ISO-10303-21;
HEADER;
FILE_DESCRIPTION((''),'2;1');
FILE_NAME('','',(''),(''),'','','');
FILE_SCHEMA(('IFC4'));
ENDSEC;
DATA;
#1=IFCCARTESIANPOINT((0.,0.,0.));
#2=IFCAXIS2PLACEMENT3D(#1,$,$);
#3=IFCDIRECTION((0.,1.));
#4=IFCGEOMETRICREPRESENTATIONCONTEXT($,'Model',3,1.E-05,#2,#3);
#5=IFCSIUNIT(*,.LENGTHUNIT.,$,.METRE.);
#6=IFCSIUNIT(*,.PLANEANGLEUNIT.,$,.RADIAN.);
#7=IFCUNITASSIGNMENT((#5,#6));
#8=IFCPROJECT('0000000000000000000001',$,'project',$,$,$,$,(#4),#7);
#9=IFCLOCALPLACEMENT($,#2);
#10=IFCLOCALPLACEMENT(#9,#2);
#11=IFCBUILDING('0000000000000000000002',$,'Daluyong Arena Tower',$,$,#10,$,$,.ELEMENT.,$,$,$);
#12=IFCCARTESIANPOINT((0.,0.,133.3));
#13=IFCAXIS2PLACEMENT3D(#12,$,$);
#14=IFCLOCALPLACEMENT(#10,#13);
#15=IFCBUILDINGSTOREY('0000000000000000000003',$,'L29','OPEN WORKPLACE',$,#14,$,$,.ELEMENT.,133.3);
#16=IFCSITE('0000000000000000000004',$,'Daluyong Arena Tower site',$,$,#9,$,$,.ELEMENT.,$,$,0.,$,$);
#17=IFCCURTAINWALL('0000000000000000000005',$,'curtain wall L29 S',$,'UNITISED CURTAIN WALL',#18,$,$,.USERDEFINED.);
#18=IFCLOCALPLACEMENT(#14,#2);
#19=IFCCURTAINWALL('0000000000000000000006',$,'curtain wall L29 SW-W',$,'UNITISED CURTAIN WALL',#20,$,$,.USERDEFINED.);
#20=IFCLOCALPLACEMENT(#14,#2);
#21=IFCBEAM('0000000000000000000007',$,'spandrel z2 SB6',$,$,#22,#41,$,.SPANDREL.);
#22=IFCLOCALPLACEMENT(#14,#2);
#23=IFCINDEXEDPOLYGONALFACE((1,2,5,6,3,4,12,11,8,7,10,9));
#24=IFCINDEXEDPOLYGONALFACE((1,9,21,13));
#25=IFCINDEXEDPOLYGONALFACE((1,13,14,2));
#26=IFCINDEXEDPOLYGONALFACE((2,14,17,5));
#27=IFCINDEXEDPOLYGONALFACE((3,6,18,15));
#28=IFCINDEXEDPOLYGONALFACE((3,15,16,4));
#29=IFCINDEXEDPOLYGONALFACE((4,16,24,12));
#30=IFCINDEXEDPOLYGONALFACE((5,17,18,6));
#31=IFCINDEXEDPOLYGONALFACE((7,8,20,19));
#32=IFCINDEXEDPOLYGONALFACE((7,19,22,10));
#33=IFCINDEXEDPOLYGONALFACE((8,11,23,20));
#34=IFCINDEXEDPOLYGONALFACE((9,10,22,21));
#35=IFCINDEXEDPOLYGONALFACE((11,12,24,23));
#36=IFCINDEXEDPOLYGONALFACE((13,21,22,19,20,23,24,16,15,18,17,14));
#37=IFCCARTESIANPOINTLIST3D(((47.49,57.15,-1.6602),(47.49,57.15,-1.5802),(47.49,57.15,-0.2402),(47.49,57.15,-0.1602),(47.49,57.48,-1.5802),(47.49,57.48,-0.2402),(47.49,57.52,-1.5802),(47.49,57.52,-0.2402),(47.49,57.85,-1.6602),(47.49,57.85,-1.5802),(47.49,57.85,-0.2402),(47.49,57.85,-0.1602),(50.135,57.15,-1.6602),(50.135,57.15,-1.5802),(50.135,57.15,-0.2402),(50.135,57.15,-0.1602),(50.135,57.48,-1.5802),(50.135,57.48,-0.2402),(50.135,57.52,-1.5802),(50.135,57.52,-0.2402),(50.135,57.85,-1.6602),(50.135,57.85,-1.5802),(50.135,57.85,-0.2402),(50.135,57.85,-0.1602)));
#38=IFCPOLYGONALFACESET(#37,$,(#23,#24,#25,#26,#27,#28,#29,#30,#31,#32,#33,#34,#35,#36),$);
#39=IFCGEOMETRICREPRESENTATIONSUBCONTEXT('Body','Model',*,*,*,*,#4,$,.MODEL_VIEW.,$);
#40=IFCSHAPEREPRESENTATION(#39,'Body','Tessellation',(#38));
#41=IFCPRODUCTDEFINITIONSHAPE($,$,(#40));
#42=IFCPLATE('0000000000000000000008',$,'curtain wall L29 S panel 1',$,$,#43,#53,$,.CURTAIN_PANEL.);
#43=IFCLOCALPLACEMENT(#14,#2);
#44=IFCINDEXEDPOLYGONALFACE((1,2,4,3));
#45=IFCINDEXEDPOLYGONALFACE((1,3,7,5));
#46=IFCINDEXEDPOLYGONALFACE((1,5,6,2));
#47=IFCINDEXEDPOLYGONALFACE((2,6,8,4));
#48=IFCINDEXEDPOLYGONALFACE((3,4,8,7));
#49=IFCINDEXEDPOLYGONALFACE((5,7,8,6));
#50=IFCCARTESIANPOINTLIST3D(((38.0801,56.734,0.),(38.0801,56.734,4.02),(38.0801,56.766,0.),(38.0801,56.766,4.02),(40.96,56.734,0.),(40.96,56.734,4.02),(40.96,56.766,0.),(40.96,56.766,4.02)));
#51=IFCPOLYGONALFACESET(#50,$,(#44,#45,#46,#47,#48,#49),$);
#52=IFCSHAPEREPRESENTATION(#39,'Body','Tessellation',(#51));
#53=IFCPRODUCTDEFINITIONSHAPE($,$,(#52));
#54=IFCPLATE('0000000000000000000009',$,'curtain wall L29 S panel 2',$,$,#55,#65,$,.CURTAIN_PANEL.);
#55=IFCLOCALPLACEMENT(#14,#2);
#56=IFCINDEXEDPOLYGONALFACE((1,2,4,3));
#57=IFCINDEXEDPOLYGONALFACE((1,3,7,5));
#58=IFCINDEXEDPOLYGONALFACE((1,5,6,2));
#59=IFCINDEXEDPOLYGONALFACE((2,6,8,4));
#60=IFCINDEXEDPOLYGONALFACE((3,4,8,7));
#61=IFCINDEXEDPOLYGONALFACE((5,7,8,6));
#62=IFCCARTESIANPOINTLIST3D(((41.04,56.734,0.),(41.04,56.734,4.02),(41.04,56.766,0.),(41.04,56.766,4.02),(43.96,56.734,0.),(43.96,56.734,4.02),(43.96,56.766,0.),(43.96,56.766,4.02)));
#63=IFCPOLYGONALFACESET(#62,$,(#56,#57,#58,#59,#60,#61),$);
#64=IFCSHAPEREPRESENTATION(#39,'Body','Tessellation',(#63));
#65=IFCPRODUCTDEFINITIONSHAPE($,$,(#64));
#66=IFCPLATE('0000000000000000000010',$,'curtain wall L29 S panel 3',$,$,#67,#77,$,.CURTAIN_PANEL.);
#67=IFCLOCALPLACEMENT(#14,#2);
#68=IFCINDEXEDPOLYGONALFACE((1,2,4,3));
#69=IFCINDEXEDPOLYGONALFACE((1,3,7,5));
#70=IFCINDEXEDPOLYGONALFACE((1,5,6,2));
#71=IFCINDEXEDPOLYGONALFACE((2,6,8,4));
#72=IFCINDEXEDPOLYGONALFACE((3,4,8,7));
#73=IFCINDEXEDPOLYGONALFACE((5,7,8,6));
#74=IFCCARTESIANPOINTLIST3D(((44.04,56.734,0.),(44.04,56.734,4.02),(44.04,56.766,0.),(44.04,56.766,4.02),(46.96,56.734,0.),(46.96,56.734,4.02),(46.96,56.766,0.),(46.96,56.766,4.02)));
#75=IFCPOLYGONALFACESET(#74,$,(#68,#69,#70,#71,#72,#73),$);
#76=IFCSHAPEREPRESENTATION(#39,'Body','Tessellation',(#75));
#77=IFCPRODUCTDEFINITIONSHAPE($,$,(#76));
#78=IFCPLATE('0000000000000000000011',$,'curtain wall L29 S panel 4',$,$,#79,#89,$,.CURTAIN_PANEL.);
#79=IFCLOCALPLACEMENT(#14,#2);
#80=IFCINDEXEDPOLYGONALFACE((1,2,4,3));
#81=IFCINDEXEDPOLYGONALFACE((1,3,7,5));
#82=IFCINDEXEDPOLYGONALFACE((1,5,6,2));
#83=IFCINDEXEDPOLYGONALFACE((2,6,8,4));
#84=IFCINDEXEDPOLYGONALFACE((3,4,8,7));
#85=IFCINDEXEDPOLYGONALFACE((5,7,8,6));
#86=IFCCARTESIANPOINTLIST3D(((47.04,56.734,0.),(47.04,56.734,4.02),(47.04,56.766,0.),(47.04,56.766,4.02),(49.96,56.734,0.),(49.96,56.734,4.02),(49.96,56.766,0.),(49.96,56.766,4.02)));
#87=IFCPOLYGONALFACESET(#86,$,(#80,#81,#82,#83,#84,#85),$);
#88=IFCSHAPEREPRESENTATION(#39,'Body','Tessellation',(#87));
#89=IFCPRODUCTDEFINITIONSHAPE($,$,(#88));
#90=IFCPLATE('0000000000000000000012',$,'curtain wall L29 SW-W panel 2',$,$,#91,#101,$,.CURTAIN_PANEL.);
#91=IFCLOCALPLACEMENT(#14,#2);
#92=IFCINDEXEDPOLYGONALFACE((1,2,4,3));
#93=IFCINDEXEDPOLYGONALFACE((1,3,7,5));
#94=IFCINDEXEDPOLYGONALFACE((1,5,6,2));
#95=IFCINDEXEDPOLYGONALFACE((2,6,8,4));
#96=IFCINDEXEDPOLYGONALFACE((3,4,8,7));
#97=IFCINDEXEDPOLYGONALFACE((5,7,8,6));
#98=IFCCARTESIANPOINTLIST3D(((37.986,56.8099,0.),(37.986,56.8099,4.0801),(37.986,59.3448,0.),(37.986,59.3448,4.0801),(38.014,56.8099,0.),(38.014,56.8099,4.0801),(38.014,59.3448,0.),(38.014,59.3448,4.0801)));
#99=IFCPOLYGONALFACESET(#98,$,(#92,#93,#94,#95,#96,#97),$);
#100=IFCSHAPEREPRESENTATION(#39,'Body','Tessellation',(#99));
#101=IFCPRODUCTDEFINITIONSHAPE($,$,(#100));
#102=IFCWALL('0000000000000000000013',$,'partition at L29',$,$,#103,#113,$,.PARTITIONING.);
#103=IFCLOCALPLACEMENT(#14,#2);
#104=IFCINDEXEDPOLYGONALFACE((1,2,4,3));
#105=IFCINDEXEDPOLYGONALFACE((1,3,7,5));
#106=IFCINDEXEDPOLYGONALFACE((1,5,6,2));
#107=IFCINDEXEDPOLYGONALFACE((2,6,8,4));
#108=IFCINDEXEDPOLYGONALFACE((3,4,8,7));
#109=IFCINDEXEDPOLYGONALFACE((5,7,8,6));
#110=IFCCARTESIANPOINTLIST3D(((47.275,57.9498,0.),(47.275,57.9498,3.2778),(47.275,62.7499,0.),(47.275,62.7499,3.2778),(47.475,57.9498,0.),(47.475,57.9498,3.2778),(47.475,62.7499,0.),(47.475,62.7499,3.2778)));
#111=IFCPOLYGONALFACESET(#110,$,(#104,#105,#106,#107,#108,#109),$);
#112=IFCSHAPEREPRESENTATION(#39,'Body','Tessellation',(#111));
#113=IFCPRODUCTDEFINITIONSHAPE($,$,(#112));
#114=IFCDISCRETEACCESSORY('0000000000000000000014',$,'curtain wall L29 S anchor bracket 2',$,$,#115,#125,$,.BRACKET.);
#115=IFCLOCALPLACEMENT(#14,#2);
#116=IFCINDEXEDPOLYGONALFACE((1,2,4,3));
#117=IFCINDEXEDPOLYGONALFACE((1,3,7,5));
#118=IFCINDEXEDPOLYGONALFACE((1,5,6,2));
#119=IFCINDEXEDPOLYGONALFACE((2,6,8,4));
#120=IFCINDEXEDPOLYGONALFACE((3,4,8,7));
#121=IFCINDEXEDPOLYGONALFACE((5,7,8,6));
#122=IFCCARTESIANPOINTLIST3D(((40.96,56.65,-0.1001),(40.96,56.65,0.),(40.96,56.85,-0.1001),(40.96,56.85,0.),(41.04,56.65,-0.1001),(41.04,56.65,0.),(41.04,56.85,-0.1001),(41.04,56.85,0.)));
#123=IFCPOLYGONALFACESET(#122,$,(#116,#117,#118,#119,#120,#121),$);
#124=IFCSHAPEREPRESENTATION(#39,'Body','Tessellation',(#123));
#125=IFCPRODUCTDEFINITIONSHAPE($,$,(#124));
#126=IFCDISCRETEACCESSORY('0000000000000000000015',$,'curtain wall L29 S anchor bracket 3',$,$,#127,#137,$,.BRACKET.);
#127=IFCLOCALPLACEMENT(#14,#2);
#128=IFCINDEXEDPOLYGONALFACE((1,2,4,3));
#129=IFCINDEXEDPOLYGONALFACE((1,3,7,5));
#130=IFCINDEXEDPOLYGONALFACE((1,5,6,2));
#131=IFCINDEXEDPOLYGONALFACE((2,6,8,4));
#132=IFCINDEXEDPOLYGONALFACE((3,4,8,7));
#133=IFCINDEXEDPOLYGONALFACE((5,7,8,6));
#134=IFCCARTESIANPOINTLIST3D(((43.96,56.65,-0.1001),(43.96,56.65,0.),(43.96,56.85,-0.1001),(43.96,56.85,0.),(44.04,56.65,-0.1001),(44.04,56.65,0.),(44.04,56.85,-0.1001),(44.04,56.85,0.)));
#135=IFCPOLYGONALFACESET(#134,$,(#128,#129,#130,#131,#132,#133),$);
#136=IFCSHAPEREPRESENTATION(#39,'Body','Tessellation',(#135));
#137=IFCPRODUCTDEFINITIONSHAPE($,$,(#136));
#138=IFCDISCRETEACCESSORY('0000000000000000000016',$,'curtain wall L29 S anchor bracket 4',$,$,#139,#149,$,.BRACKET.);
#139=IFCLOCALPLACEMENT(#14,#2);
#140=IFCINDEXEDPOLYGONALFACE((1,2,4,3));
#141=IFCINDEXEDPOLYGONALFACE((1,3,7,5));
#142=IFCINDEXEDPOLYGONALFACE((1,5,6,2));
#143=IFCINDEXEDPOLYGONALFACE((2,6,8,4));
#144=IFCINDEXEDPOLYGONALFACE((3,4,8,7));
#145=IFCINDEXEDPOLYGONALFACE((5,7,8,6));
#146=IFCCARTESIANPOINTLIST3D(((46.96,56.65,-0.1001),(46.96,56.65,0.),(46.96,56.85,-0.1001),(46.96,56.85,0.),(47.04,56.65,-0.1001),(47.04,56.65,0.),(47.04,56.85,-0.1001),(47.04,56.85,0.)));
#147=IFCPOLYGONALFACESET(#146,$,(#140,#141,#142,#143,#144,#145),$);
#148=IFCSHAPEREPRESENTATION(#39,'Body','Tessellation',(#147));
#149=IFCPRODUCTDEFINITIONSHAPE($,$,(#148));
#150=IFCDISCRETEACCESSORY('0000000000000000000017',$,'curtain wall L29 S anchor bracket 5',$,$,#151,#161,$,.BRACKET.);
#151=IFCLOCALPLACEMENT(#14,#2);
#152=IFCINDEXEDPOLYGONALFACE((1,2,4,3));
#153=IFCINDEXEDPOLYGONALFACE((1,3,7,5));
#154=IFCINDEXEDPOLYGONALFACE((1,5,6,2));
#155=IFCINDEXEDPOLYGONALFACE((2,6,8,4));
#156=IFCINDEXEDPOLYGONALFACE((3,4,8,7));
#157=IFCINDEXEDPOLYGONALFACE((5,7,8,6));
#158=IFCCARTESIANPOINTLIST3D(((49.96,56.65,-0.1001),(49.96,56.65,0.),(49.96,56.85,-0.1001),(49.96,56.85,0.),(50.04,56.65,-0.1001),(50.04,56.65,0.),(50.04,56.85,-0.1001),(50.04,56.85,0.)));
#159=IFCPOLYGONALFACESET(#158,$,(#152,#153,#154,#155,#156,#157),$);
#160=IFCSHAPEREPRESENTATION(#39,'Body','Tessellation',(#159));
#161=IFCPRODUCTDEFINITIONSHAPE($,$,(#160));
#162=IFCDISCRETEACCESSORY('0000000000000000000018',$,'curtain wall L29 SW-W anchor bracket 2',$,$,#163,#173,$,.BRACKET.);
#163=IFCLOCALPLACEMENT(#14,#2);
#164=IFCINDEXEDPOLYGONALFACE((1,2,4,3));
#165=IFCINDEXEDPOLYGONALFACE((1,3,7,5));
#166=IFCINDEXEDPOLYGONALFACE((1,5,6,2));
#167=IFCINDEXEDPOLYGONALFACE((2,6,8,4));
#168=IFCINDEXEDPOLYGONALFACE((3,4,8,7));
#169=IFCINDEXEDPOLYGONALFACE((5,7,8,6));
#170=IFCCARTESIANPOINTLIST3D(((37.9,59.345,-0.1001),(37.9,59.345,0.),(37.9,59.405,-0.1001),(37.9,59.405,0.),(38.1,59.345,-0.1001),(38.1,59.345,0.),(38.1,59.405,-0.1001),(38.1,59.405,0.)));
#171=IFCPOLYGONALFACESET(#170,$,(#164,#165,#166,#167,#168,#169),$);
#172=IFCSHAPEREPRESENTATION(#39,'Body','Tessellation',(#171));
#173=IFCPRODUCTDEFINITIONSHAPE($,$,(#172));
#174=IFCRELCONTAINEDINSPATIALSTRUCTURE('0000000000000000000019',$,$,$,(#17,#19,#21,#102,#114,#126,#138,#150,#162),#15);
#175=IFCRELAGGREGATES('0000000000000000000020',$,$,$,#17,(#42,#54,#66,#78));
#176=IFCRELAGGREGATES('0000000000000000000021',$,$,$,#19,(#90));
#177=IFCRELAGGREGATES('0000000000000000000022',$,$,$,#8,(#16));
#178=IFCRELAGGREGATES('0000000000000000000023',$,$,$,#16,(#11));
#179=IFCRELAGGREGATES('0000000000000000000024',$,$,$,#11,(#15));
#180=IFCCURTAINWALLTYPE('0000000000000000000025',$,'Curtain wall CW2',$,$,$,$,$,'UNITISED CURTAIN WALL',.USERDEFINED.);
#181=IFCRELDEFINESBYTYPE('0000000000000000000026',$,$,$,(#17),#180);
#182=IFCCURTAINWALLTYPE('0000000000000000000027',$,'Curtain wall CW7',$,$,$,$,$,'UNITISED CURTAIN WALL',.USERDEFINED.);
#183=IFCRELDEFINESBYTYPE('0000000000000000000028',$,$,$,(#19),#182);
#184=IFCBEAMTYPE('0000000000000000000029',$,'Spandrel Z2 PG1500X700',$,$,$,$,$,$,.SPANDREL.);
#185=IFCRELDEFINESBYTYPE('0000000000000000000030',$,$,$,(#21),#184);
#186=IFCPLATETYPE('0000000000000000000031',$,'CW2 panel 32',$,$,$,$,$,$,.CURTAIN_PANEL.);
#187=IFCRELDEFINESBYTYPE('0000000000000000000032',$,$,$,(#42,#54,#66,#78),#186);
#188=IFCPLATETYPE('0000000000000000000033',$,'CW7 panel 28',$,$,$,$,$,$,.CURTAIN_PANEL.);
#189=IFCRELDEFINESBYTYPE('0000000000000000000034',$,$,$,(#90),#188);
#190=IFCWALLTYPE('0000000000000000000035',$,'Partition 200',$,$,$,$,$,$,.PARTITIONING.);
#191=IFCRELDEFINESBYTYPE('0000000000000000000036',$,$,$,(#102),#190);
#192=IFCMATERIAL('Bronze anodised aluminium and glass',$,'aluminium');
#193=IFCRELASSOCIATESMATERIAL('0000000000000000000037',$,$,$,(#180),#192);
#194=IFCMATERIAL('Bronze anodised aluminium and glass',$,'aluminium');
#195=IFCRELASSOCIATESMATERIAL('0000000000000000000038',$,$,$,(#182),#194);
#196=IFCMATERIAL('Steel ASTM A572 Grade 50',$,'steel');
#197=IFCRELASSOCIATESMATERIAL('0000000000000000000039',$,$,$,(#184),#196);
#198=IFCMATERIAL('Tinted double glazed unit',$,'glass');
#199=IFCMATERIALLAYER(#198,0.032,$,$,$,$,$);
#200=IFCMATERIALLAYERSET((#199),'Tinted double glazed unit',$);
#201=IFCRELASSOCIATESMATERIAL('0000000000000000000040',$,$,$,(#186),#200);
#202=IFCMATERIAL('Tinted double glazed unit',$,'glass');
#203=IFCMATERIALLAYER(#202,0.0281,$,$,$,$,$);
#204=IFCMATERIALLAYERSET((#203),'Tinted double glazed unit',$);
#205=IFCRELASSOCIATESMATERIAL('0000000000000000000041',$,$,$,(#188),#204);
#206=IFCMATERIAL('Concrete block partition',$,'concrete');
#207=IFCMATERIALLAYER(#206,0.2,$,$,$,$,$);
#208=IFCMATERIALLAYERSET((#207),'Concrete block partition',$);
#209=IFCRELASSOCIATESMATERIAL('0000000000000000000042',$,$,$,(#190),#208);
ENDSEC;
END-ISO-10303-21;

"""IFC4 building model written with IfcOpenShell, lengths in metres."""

from ifc_helpers import new_model, si_unit, direction, frame, frame_2d, origin, origin_2d, place, context, subcontext, project, spatial, rectangle, i_section, extrude, material, layer, layer_set, material_profile, profile_set, type_object, element, aggregate, save


model = new_model("IFC4")

# Units and contexts
model_context = context("Model", 3, precision=1e-05, world=origin(), true_north=direction((0.0, 1.0)))
body_context = subcontext(model_context, "Body", "Model", "MODEL_VIEW")
ifc_project = project(units=[si_unit("LENGTHUNIT", "METRE"), si_unit("PLANEANGLEUNIT", "RADIAN")], contexts=[model_context])

# Site, building, storey
site_placement = place(None, origin())
site = spatial("IfcSite", under=ifc_project, at=site_placement, Name="Daluyong Arena Tower site", CompositionType="ELEMENT", RefElevation=0.0)
building_placement = place(site_placement, origin())
building = spatial("IfcBuilding", under=site, at=building_placement, Name="Daluyong Arena Tower", CompositionType="ELEMENT")
storey_placement = place(building_placement, frame((0.0, 0.0, 133.3)))
storey = spatial("IfcBuildingStorey", under=building, at=storey_placement, Name="L29", Description="OPEN WORKPLACE", CompositionType="ELEMENT", Elevation=133.3)

# Curtain walls
ifc_material_1 = material(Name="Bronze anodised aluminium and glass", Category="aluminium")
curtain_wall_type_1 = type_object("IfcCurtainWallType", Name="Curtain wall CW2", ElementType="UNITISED CURTAIN WALL", PredefinedType="USERDEFINED", material=ifc_material_1)
curtain_wall_1_placement = place(storey_placement, origin())
curtain_wall_1 = element("IfcCurtainWall", 1, at=curtain_wall_1_placement, inside=storey, type_object=curtain_wall_type_1, Name="curtain wall L29 S", ObjectType="UNITISED CURTAIN WALL", PredefinedType="USERDEFINED")
ifc_material_2 = material(Name="Bronze anodised aluminium and glass", Category="aluminium")
curtain_wall_type_2 = type_object("IfcCurtainWallType", Name="Curtain wall CW7", ElementType="UNITISED CURTAIN WALL", PredefinedType="USERDEFINED", material=ifc_material_2)
curtain_wall_2_placement = place(storey_placement, origin())
curtain_wall_2 = element("IfcCurtainWall", 2, at=curtain_wall_2_placement, inside=storey, type_object=curtain_wall_type_2, Name="curtain wall L29 SW-W", ObjectType="UNITISED CURTAIN WALL", PredefinedType="USERDEFINED")

# Beam
ifc_material_3 = material(Name="Steel ASTM A572 Grade 50", Category="steel")
ifc_material_profile_1 = material_profile(ifc_material_3, i_section(OverallWidth=0.7, OverallDepth=1.5, WebThickness=0.04, FlangeThickness=0.08, at=origin_2d()))
ifc_profile_set_1 = profile_set([ifc_material_profile_1], Name="Steel ASTM A572 Grade 50")
beam_type_1 = type_object("IfcBeamType", Name="Spandrel Z2 PG1500X700", PredefinedType="SPANDREL", material=ifc_profile_set_1)
for number, where, z_axis, x_axis, name in (
    (3, (47.49, 57.5, -0.9102), (1.0, 0.0, 0.0), (0.0, 1.0, 0.0), "spandrel z2 SB6"),
):
    element("IfcBeam", number, at=place(storey_placement, frame(where, z_axis=z_axis, x_axis=x_axis)), inside=storey, type_object=beam_type_1, Name=name, PredefinedType="SPANDREL", context=body_context, shape_type="SweptSolid", body=[
        extrude(i_section(OverallWidth=0.7, OverallDepth=1.5, WebThickness=0.04, FlangeThickness=0.08, at=origin_2d()), origin(), (0.0, 0.0, 1.0), 2.645),
    ])

# Plates
ifc_material_4 = material(Name="Tinted double glazed unit", Category="glass")
ifc_layer_1 = layer(ifc_material_4, 0.032)
ifc_layer_set_1 = layer_set([ifc_layer_1], Name="Tinted double glazed unit")
plate_type_1 = type_object("IfcPlateType", Name="CW2 panel 32", PredefinedType="CURTAIN_PANEL", material=ifc_layer_set_1)
plate_1_placement = place(storey_placement, frame((39.52, 56.75, 0.0), z_axis=(0.0, 0.0, 1.0), x_axis=(1.0, 0.0, 0.0)))
plate_1 = element("IfcPlate", 4, at=plate_1_placement, type_object=plate_type_1, Name="curtain wall L29 S panel 1", PredefinedType="CURTAIN_PANEL", context=body_context, shape_type="SweptSolid", body=[
    extrude(rectangle(XDim=2.8799, YDim=0.032, at=origin_2d()), origin(), (0.0, 0.0, 1.0), 4.02),
])
plate_2_placement = place(storey_placement, frame((42.5, 56.75, 0.0), z_axis=(0.0, 0.0, 1.0), x_axis=(1.0, 0.0, 0.0)))
plate_2 = element("IfcPlate", 5, at=plate_2_placement, type_object=plate_type_1, Name="curtain wall L29 S panel 2", PredefinedType="CURTAIN_PANEL", context=body_context, shape_type="SweptSolid", body=[
    extrude(rectangle(XDim=2.9199, YDim=0.032, at=origin_2d()), origin(), (0.0, 0.0, 1.0), 4.02),
])
plate_3_placement = place(storey_placement, frame((45.5, 56.75, 0.0), z_axis=(0.0, 0.0, 1.0), x_axis=(1.0, 0.0, 0.0)))
plate_3 = element("IfcPlate", 6, at=plate_3_placement, type_object=plate_type_1, Name="curtain wall L29 S panel 3", PredefinedType="CURTAIN_PANEL", context=body_context, shape_type="SweptSolid", body=[
    extrude(rectangle(XDim=2.9199, YDim=0.032, at=origin_2d()), origin(), (0.0, 0.0, 1.0), 4.02),
])
plate_4_placement = place(storey_placement, frame((48.5, 56.75, 0.0), z_axis=(0.0, 0.0, 1.0), x_axis=(1.0, 0.0, 0.0)))
plate_4 = element("IfcPlate", 7, at=plate_4_placement, type_object=plate_type_1, Name="curtain wall L29 S panel 4", PredefinedType="CURTAIN_PANEL", context=body_context, shape_type="SweptSolid", body=[
    extrude(rectangle(XDim=2.9199, YDim=0.032, at=origin_2d()), origin(), (0.0, 0.0, 1.0), 4.02),
])
aggregate(curtain_wall_1, [plate_1, plate_2, plate_3, plate_4])
ifc_material_5 = material(Name="Tinted double glazed unit", Category="glass")
ifc_layer_2 = layer(ifc_material_5, 0.0281)
ifc_layer_set_2 = layer_set([ifc_layer_2], Name="Tinted double glazed unit")
plate_type_2 = type_object("IfcPlateType", Name="CW7 panel 28", PredefinedType="CURTAIN_PANEL", material=ifc_layer_set_2)
plate_5_placement = place(storey_placement, frame((38.0, 58.0774, 0.0), z_axis=(0.0, 0.0, 1.0), x_axis=(0.0, -1.0, 0.0)))
plate_5 = element("IfcPlate", 8, at=plate_5_placement, type_object=plate_type_2, Name="curtain wall L29 SW-W panel 2", PredefinedType="CURTAIN_PANEL", context=body_context, shape_type="SweptSolid", body=[
    extrude(rectangle(XDim=2.5349, YDim=0.0281, at=origin_2d()), origin(), (0.0, 0.0, 1.0), 4.0801),
])
aggregate(curtain_wall_2, [plate_5])

# Wall
ifc_material_6 = material(Name="Concrete block partition", Category="concrete")
ifc_layer_3 = layer(ifc_material_6, 0.2)
ifc_layer_set_3 = layer_set([ifc_layer_3], Name="Concrete block partition")
wall_type = type_object("IfcWallType", Name="Partition 200", PredefinedType="PARTITIONING", material=ifc_layer_set_3)
wall_placement = place(storey_placement, frame((47.375, 57.95, 0.0), z_axis=(0.0, 0.0, 1.0), x_axis=(0.0, 1.0, 0.0)))
element("IfcWall", 9, at=wall_placement, inside=storey, type_object=wall_type, Name="partition at L29", PredefinedType="PARTITIONING", context=body_context, shape_type="SweptSolid", body=[
    extrude(rectangle(XDim=4.8, YDim=0.2, at=frame_2d((2.3999, 0.0))), origin(), (0.0, 0.0, 1.0), 3.2778),
])

# Discrete accessories
for number, where, z_axis, x_axis, name in (
    (10, (41.0, 56.75, -0.1001), (0.0, 0.0, 1.0), (1.0, 0.0, 0.0), "curtain wall L29 S anchor bracket 2"),
    (11, (44.0, 56.75, -0.1001), (0.0, 0.0, 1.0), (1.0, 0.0, 0.0), "curtain wall L29 S anchor bracket 3"),
    (12, (47.0, 56.75, -0.1001), (0.0, 0.0, 1.0), (1.0, 0.0, 0.0), "curtain wall L29 S anchor bracket 4"),
    (13, (50.0, 56.75, -0.1001), (0.0, 0.0, 1.0), (1.0, 0.0, 0.0), "curtain wall L29 S anchor bracket 5"),
):
    element("IfcDiscreteAccessory", number, at=place(storey_placement, frame(where, z_axis=z_axis, x_axis=x_axis)), inside=storey, Name=name, PredefinedType="BRACKET", context=body_context, shape_type="SweptSolid", body=[
        extrude(rectangle(XDim=0.0801, YDim=0.2, at=origin_2d()), origin(), (0.0, 0.0, 1.0), 0.1001),
    ])
discrete_accessory_placement = place(storey_placement, frame((38.0, 59.375, -0.1001), z_axis=(0.0, 0.0, 1.0), x_axis=(0.0, -1.0, 0.0)))
element("IfcDiscreteAccessory", 14, at=discrete_accessory_placement, inside=storey, Name="curtain wall L29 SW-W anchor bracket 2", PredefinedType="BRACKET", context=body_context, shape_type="SweptSolid", body=[
    extrude(rectangle(XDim=0.0601, YDim=0.2, at=origin_2d()), origin(), (0.0, 0.0, 1.0), 0.1001),
])

save(model, "model.ifc")
